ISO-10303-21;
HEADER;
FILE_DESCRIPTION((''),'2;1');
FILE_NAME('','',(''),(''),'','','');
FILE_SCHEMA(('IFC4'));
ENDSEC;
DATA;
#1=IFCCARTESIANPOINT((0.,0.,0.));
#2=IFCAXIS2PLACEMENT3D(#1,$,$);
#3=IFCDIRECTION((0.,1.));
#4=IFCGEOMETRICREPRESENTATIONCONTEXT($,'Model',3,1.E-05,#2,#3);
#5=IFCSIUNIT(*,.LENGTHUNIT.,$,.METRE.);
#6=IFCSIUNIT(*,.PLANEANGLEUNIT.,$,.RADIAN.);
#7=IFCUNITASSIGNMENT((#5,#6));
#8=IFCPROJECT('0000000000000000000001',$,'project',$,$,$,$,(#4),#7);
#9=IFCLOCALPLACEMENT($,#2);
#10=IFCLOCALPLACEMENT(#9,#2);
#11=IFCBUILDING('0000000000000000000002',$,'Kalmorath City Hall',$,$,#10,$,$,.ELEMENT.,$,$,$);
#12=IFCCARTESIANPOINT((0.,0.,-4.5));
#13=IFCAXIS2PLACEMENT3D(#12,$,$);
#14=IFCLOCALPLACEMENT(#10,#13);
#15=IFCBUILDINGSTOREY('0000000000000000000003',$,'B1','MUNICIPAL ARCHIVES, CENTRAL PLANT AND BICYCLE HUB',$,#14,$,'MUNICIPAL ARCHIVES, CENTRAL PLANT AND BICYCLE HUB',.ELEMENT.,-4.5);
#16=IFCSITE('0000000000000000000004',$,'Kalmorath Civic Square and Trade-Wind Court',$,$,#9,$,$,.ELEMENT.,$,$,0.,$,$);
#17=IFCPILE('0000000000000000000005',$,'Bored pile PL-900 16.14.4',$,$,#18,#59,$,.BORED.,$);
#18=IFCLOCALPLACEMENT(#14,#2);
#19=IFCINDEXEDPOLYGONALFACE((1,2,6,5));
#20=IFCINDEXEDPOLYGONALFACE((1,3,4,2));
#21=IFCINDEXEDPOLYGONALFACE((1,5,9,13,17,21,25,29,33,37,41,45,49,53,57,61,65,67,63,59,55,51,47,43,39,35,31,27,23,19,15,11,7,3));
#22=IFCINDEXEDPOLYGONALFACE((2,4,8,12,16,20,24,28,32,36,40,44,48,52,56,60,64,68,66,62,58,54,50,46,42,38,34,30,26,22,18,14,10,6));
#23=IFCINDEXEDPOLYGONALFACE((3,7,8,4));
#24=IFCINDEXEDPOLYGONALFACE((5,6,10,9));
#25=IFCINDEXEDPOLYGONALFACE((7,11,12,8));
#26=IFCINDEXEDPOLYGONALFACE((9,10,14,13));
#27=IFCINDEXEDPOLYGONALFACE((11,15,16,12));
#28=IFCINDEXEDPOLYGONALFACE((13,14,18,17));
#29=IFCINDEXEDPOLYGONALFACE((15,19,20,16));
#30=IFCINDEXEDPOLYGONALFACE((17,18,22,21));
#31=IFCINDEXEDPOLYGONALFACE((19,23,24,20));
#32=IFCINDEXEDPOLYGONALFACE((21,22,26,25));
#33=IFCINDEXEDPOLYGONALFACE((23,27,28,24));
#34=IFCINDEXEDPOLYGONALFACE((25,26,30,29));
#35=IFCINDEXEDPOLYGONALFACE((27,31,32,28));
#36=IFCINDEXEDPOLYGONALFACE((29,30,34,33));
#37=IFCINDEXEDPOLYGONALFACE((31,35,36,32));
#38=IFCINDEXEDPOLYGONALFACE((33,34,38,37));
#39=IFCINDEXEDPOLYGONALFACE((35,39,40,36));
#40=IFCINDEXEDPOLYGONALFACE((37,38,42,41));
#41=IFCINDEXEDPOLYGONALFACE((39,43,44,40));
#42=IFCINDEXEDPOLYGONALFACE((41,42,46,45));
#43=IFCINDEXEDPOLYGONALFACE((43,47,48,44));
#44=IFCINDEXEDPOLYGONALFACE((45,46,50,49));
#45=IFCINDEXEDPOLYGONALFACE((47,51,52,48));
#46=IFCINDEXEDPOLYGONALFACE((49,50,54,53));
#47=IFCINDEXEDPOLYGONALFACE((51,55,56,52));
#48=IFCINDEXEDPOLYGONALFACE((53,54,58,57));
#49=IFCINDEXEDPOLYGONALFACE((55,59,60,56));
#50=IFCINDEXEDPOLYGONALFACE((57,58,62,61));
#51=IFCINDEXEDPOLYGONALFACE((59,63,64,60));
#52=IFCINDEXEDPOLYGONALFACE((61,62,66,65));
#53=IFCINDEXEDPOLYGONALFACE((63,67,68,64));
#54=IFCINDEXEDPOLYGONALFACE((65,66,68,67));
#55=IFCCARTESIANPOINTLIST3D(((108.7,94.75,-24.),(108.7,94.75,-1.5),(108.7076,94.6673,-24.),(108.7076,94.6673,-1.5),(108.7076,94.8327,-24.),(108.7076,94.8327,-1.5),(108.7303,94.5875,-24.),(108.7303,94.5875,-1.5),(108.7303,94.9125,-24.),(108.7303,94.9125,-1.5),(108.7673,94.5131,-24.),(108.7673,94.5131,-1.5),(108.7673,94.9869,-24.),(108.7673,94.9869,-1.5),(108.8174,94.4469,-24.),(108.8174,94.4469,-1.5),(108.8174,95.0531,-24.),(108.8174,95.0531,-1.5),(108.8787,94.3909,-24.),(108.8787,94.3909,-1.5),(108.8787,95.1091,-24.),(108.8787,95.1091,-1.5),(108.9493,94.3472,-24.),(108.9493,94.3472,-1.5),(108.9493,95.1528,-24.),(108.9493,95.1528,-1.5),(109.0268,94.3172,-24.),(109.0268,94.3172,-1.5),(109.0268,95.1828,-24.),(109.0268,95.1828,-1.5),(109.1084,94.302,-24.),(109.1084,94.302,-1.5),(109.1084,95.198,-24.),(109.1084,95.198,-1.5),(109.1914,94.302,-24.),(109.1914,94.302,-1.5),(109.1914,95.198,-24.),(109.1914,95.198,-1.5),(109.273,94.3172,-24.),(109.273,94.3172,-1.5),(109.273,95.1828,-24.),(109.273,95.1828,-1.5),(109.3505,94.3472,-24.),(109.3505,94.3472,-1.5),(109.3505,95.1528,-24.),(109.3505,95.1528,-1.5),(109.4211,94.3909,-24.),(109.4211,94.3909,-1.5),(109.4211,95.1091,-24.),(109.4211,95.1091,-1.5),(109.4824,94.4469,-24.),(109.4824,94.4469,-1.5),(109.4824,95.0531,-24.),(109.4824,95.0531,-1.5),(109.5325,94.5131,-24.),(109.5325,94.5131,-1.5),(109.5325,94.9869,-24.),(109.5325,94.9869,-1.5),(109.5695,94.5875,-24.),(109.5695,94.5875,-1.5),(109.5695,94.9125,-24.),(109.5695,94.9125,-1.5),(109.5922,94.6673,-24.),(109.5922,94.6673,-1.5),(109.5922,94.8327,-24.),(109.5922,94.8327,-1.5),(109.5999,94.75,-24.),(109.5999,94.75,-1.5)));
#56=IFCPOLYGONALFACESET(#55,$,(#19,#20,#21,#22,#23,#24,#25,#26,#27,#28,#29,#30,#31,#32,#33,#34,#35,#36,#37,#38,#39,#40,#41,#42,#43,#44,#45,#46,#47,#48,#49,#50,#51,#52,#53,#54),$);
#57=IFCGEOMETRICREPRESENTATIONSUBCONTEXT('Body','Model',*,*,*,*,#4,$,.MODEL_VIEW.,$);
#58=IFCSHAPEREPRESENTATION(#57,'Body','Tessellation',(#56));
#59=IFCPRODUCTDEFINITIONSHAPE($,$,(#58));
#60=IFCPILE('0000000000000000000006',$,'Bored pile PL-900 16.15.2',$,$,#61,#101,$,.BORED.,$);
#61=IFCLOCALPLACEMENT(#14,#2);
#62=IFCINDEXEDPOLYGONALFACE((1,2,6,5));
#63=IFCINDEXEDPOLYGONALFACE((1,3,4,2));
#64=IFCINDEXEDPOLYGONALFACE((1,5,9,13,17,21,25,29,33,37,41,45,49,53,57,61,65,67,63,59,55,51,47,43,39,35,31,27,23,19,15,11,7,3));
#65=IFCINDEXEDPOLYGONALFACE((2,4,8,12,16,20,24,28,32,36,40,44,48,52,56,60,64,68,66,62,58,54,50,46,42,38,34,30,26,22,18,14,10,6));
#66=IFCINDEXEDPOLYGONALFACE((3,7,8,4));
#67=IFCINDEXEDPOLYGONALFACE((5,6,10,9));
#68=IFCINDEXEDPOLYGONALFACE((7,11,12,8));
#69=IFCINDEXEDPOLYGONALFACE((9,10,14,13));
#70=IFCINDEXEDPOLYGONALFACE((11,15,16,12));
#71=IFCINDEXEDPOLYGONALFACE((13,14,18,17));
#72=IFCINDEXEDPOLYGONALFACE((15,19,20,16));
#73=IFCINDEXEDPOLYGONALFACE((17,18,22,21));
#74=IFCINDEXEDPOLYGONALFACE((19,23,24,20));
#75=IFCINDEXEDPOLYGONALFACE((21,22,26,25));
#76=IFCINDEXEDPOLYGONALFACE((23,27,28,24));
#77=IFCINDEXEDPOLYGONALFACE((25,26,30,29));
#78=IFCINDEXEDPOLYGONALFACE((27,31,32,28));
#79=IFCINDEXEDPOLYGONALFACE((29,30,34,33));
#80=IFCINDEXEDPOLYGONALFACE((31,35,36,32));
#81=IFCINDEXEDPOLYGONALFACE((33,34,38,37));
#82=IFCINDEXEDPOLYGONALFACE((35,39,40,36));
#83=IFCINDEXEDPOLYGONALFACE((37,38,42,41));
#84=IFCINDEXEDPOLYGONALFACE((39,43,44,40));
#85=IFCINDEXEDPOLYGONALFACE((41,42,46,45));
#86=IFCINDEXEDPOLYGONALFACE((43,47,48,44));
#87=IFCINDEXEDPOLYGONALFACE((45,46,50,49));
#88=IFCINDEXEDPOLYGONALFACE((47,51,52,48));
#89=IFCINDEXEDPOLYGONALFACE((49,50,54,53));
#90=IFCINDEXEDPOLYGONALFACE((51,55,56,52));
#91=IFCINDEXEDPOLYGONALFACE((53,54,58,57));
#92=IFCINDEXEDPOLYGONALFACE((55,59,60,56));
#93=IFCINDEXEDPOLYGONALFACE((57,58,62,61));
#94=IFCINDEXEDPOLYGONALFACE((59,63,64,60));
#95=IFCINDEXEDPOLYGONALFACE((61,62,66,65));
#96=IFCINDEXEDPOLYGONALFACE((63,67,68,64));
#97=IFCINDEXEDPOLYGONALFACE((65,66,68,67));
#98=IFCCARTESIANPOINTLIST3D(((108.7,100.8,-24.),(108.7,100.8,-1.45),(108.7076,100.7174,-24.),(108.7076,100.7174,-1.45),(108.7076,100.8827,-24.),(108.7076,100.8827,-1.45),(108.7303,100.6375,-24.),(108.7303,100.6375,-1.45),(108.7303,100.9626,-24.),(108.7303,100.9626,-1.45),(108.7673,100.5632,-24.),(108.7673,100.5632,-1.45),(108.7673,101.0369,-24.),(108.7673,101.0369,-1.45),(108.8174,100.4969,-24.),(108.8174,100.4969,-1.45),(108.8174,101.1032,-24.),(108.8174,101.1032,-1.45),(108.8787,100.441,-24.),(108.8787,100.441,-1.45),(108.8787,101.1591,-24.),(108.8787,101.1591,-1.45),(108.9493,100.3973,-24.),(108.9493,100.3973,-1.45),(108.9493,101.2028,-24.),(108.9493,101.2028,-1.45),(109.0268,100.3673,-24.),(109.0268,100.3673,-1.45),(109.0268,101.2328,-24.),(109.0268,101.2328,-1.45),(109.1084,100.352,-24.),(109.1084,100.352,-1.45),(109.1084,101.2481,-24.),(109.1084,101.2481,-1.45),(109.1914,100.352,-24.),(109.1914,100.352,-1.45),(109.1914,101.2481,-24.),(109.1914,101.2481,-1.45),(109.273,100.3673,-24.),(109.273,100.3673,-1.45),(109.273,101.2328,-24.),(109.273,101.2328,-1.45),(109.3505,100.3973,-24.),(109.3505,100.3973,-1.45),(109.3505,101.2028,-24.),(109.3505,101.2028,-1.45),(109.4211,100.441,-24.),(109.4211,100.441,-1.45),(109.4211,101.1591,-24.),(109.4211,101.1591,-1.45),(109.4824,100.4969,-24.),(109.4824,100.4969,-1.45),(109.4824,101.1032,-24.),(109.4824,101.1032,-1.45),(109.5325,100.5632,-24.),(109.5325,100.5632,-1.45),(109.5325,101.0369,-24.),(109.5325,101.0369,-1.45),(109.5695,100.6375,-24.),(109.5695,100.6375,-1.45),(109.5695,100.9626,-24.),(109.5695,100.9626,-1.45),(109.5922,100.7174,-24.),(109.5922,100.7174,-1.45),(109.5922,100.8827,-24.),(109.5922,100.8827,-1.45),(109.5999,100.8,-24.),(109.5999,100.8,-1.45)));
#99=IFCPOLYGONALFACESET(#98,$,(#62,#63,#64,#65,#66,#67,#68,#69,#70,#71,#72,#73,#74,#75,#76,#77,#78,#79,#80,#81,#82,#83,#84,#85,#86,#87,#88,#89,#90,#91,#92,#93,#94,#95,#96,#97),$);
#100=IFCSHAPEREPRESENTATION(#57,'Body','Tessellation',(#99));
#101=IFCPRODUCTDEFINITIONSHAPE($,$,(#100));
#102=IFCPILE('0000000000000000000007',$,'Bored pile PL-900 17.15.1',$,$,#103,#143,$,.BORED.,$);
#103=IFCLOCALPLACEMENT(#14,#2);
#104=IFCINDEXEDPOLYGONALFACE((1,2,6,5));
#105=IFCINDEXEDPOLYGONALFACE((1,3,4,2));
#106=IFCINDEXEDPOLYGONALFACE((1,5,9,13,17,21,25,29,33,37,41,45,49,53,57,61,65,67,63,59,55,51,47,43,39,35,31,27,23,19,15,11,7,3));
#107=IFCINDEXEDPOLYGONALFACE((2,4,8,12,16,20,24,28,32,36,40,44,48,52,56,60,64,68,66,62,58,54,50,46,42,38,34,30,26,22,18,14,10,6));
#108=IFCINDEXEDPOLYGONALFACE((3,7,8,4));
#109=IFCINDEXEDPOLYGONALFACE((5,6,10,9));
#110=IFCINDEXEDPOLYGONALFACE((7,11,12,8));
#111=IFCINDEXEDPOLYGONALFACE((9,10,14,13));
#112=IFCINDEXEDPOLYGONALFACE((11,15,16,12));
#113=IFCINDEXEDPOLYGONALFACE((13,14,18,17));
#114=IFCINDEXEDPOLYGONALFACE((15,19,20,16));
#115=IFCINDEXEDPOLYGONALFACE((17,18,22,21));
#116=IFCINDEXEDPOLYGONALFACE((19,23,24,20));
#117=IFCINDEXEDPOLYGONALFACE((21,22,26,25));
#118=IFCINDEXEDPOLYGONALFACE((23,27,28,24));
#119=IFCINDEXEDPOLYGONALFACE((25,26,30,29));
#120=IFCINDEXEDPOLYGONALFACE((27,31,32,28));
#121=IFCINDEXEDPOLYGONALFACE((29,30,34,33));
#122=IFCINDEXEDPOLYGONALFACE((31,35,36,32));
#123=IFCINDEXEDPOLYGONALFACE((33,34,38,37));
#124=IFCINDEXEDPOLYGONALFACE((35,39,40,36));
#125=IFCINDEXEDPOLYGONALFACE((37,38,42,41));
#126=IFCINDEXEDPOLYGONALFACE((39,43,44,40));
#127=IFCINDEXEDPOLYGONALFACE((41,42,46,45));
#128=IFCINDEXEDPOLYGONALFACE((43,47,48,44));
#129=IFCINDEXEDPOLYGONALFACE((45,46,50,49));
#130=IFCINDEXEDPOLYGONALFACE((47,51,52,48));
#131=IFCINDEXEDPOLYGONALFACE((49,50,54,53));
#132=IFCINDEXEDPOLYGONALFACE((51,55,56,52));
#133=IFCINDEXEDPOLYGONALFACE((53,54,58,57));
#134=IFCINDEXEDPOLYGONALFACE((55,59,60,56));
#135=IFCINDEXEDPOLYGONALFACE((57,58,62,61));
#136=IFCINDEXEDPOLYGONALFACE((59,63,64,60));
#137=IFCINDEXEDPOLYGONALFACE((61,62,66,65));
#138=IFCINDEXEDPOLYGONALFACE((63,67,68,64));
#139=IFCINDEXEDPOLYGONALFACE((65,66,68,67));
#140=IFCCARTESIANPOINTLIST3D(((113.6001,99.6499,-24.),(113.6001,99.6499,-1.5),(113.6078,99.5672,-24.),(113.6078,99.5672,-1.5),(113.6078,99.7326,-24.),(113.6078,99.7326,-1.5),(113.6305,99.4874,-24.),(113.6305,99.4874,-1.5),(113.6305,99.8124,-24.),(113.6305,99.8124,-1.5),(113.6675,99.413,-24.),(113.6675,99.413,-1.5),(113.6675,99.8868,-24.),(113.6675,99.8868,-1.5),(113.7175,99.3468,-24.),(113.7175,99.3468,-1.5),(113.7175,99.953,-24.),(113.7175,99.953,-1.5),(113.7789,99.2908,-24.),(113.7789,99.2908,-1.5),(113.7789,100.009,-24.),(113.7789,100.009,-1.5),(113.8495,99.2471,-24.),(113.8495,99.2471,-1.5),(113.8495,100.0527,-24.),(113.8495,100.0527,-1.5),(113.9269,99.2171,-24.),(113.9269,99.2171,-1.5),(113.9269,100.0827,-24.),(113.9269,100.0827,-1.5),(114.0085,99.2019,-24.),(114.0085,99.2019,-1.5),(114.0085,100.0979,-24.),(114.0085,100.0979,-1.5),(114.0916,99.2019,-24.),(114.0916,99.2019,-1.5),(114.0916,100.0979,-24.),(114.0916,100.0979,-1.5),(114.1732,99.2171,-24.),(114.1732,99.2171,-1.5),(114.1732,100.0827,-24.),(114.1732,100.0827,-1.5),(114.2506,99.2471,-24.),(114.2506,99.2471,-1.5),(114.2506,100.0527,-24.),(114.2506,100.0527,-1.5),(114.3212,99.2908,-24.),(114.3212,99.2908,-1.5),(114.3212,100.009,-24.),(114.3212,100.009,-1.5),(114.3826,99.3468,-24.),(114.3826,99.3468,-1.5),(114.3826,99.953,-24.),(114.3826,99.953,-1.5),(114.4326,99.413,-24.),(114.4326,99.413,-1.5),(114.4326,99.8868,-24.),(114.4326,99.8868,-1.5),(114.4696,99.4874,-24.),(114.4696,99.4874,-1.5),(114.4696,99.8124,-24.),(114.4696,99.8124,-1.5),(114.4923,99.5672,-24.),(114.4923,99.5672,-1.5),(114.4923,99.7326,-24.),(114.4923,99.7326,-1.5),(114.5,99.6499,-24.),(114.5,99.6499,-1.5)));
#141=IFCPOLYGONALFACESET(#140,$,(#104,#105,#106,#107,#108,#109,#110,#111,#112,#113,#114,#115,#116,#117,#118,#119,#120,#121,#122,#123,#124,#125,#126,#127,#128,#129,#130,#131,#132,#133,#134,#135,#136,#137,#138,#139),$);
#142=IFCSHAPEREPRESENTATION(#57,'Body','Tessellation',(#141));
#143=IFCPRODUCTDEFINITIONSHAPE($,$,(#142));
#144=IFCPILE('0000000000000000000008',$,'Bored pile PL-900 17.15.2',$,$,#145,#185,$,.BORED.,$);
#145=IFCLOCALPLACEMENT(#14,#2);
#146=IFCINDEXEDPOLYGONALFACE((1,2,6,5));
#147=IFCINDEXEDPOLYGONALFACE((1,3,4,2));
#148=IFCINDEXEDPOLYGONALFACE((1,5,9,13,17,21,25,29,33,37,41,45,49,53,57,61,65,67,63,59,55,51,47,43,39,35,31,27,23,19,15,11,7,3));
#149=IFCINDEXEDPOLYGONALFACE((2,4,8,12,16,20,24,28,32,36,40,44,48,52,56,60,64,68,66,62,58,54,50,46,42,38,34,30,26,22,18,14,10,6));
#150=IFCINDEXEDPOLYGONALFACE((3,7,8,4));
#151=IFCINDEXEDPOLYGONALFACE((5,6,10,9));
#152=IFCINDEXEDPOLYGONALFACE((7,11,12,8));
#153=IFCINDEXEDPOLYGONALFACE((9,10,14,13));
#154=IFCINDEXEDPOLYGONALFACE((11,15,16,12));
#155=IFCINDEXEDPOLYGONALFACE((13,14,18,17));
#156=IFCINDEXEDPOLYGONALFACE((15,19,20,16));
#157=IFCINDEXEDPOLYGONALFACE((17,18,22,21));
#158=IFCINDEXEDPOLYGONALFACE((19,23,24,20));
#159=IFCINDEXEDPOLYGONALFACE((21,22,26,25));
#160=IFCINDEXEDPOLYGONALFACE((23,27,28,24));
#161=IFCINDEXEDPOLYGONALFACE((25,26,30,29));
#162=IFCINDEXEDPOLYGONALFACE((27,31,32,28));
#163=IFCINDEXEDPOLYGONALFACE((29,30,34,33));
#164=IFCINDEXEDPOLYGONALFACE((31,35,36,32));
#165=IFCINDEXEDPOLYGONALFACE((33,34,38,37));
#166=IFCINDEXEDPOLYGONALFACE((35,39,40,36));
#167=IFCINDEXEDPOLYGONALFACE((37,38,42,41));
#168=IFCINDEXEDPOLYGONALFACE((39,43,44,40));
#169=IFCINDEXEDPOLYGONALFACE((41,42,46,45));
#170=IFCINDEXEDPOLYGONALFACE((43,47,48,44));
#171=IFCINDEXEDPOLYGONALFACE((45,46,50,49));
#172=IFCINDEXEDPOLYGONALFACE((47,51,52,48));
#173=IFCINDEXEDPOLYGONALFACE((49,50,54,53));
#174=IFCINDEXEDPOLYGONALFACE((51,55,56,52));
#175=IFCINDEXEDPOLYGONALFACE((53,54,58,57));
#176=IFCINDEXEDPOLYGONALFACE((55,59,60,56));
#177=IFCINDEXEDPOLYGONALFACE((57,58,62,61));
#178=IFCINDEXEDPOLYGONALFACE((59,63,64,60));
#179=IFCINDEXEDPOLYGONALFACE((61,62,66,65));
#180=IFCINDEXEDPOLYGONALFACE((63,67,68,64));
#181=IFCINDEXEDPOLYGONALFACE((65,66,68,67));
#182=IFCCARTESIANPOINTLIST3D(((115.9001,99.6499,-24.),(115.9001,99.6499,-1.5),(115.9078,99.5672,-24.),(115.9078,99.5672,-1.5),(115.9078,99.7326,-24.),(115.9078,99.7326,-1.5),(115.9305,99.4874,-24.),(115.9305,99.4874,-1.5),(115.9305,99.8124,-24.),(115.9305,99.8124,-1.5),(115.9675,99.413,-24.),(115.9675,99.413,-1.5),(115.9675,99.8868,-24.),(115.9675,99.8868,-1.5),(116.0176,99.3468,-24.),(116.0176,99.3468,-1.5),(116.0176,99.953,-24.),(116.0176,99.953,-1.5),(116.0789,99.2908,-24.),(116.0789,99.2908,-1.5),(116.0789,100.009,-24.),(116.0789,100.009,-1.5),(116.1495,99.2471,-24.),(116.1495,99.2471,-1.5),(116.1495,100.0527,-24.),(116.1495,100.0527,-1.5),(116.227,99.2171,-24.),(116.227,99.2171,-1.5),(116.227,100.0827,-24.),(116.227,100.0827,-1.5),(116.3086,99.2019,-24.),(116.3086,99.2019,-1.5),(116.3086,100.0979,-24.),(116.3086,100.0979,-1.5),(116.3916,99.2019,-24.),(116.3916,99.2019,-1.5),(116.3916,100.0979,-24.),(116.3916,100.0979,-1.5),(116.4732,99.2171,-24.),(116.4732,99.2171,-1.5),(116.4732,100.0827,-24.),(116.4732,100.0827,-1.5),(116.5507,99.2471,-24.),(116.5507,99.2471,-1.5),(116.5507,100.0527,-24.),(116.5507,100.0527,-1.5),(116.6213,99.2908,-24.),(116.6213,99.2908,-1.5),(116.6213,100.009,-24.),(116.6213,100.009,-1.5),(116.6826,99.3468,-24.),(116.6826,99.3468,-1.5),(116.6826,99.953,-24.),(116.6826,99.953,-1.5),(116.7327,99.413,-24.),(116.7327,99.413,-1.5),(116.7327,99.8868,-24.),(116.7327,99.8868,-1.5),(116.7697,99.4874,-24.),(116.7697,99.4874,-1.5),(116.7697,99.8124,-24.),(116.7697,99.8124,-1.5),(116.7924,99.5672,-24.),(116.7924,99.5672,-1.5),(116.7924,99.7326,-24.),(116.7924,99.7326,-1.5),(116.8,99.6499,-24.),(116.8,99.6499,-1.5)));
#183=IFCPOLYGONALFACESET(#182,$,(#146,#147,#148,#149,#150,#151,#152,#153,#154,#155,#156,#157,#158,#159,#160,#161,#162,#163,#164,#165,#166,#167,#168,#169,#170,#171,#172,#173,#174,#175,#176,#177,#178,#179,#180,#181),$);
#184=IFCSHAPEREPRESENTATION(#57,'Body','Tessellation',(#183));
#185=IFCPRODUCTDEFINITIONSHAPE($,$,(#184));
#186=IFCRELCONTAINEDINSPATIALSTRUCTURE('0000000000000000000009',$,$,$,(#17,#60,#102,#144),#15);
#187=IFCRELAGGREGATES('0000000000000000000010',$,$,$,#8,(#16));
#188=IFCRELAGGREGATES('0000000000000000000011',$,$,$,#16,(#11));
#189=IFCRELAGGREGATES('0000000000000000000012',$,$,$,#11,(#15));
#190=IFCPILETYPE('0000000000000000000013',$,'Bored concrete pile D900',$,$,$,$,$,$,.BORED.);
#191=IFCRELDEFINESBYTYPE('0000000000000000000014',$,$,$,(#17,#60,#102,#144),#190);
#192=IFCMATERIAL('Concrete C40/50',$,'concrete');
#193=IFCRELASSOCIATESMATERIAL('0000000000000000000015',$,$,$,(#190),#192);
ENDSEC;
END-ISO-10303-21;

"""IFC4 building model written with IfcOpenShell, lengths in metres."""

from ifc_helpers import new_model, si_unit, direction, frame, origin, origin_2d, place, context, subcontext, project, spatial, circle, extrude, material, material_profile, profile_set, type_object, element, save


model = new_model("IFC4")

# Units and contexts
model_context = context("Model", 3, precision=1e-05, world=origin(), true_north=direction((0.0, 1.0)))
body_context = subcontext(model_context, "Body", "Model", "MODEL_VIEW")
ifc_project = project(units=[si_unit("LENGTHUNIT", "METRE"), si_unit("PLANEANGLEUNIT", "RADIAN")], contexts=[model_context])

# Site, building, storey
site_placement = place(None, origin())
site = spatial("IfcSite", under=ifc_project, at=site_placement, Name="Kalmorath Civic Square and Trade-Wind Court", CompositionType="ELEMENT", RefElevation=0.0)
building_placement = place(site_placement, origin())
building = spatial("IfcBuilding", under=site, at=building_placement, Name="Kalmorath City Hall", CompositionType="ELEMENT")
storey_placement = place(building_placement, frame((0.0, 0.0, -4.5)))
storey = spatial("IfcBuildingStorey", under=building, at=storey_placement, Name="B1", Description="MUNICIPAL ARCHIVES, CENTRAL PLANT AND BICYCLE HUB", LongName="MUNICIPAL ARCHIVES, CENTRAL PLANT AND BICYCLE HUB", CompositionType="ELEMENT", Elevation=-4.5)

# Piles
ifc_material_1 = material(Name="Concrete C40/50", Category="concrete")
ifc_material_profile_1 = material_profile(ifc_material_1, circle(Radius=0.45, at=origin_2d()), Name="PILE-D900")
ifc_profile_set_1 = profile_set([ifc_material_profile_1], Name="Concrete C40/50")
pile_type = type_object("IfcPileType", Name="Bored concrete pile D900", PredefinedType="BORED", material=ifc_profile_set_1)
pile_1_placement = place(storey_placement, frame((109.1499, 94.75, -1.5), z_axis=(0.0, 0.0, -1.0), x_axis=(1.0, 0.0, 0.0)))
element("IfcPile", 1, at=pile_1_placement, inside=storey, type_object=pile_type, Name="Bored pile PL-900 16.14.4", PredefinedType="BORED", context=body_context, shape_type="SweptSolid", body=[
    extrude(circle(Radius=0.45, at=origin_2d()), origin(), (0.0, 0.0, 1.0), 22.5),
])
pile_2_placement = place(storey_placement, frame((109.1499, 100.8, -1.45), z_axis=(0.0, 0.0, -1.0), x_axis=(1.0, 0.0, 0.0)))
element("IfcPile", 2, at=pile_2_placement, inside=storey, type_object=pile_type, Name="Bored pile PL-900 16.15.2", PredefinedType="BORED", context=body_context, shape_type="SweptSolid", body=[
    extrude(circle(Radius=0.45, at=origin_2d()), origin(), (0.0, 0.0, 1.0), 22.55),
])
for number, where, z_axis, x_axis, name in (
    (3, (114.05, 99.6499, -1.5), (0.0, 0.0, -1.0), (1.0, 0.0, 0.0), "Bored pile PL-900 17.15.1"),
    (4, (116.3501, 99.6499, -1.5), (0.0, 0.0, -1.0), (1.0, 0.0, 0.0), "Bored pile PL-900 17.15.2"),
):
    element("IfcPile", number, at=place(storey_placement, frame(where, z_axis=z_axis, x_axis=x_axis)), inside=storey, type_object=pile_type, Name=name, PredefinedType="BORED", context=body_context, shape_type="SweptSolid", body=[
        extrude(circle(Radius=0.45, at=origin_2d()), origin(), (0.0, 0.0, 1.0), 22.5),
    ])

save(model, "model.ifc")
